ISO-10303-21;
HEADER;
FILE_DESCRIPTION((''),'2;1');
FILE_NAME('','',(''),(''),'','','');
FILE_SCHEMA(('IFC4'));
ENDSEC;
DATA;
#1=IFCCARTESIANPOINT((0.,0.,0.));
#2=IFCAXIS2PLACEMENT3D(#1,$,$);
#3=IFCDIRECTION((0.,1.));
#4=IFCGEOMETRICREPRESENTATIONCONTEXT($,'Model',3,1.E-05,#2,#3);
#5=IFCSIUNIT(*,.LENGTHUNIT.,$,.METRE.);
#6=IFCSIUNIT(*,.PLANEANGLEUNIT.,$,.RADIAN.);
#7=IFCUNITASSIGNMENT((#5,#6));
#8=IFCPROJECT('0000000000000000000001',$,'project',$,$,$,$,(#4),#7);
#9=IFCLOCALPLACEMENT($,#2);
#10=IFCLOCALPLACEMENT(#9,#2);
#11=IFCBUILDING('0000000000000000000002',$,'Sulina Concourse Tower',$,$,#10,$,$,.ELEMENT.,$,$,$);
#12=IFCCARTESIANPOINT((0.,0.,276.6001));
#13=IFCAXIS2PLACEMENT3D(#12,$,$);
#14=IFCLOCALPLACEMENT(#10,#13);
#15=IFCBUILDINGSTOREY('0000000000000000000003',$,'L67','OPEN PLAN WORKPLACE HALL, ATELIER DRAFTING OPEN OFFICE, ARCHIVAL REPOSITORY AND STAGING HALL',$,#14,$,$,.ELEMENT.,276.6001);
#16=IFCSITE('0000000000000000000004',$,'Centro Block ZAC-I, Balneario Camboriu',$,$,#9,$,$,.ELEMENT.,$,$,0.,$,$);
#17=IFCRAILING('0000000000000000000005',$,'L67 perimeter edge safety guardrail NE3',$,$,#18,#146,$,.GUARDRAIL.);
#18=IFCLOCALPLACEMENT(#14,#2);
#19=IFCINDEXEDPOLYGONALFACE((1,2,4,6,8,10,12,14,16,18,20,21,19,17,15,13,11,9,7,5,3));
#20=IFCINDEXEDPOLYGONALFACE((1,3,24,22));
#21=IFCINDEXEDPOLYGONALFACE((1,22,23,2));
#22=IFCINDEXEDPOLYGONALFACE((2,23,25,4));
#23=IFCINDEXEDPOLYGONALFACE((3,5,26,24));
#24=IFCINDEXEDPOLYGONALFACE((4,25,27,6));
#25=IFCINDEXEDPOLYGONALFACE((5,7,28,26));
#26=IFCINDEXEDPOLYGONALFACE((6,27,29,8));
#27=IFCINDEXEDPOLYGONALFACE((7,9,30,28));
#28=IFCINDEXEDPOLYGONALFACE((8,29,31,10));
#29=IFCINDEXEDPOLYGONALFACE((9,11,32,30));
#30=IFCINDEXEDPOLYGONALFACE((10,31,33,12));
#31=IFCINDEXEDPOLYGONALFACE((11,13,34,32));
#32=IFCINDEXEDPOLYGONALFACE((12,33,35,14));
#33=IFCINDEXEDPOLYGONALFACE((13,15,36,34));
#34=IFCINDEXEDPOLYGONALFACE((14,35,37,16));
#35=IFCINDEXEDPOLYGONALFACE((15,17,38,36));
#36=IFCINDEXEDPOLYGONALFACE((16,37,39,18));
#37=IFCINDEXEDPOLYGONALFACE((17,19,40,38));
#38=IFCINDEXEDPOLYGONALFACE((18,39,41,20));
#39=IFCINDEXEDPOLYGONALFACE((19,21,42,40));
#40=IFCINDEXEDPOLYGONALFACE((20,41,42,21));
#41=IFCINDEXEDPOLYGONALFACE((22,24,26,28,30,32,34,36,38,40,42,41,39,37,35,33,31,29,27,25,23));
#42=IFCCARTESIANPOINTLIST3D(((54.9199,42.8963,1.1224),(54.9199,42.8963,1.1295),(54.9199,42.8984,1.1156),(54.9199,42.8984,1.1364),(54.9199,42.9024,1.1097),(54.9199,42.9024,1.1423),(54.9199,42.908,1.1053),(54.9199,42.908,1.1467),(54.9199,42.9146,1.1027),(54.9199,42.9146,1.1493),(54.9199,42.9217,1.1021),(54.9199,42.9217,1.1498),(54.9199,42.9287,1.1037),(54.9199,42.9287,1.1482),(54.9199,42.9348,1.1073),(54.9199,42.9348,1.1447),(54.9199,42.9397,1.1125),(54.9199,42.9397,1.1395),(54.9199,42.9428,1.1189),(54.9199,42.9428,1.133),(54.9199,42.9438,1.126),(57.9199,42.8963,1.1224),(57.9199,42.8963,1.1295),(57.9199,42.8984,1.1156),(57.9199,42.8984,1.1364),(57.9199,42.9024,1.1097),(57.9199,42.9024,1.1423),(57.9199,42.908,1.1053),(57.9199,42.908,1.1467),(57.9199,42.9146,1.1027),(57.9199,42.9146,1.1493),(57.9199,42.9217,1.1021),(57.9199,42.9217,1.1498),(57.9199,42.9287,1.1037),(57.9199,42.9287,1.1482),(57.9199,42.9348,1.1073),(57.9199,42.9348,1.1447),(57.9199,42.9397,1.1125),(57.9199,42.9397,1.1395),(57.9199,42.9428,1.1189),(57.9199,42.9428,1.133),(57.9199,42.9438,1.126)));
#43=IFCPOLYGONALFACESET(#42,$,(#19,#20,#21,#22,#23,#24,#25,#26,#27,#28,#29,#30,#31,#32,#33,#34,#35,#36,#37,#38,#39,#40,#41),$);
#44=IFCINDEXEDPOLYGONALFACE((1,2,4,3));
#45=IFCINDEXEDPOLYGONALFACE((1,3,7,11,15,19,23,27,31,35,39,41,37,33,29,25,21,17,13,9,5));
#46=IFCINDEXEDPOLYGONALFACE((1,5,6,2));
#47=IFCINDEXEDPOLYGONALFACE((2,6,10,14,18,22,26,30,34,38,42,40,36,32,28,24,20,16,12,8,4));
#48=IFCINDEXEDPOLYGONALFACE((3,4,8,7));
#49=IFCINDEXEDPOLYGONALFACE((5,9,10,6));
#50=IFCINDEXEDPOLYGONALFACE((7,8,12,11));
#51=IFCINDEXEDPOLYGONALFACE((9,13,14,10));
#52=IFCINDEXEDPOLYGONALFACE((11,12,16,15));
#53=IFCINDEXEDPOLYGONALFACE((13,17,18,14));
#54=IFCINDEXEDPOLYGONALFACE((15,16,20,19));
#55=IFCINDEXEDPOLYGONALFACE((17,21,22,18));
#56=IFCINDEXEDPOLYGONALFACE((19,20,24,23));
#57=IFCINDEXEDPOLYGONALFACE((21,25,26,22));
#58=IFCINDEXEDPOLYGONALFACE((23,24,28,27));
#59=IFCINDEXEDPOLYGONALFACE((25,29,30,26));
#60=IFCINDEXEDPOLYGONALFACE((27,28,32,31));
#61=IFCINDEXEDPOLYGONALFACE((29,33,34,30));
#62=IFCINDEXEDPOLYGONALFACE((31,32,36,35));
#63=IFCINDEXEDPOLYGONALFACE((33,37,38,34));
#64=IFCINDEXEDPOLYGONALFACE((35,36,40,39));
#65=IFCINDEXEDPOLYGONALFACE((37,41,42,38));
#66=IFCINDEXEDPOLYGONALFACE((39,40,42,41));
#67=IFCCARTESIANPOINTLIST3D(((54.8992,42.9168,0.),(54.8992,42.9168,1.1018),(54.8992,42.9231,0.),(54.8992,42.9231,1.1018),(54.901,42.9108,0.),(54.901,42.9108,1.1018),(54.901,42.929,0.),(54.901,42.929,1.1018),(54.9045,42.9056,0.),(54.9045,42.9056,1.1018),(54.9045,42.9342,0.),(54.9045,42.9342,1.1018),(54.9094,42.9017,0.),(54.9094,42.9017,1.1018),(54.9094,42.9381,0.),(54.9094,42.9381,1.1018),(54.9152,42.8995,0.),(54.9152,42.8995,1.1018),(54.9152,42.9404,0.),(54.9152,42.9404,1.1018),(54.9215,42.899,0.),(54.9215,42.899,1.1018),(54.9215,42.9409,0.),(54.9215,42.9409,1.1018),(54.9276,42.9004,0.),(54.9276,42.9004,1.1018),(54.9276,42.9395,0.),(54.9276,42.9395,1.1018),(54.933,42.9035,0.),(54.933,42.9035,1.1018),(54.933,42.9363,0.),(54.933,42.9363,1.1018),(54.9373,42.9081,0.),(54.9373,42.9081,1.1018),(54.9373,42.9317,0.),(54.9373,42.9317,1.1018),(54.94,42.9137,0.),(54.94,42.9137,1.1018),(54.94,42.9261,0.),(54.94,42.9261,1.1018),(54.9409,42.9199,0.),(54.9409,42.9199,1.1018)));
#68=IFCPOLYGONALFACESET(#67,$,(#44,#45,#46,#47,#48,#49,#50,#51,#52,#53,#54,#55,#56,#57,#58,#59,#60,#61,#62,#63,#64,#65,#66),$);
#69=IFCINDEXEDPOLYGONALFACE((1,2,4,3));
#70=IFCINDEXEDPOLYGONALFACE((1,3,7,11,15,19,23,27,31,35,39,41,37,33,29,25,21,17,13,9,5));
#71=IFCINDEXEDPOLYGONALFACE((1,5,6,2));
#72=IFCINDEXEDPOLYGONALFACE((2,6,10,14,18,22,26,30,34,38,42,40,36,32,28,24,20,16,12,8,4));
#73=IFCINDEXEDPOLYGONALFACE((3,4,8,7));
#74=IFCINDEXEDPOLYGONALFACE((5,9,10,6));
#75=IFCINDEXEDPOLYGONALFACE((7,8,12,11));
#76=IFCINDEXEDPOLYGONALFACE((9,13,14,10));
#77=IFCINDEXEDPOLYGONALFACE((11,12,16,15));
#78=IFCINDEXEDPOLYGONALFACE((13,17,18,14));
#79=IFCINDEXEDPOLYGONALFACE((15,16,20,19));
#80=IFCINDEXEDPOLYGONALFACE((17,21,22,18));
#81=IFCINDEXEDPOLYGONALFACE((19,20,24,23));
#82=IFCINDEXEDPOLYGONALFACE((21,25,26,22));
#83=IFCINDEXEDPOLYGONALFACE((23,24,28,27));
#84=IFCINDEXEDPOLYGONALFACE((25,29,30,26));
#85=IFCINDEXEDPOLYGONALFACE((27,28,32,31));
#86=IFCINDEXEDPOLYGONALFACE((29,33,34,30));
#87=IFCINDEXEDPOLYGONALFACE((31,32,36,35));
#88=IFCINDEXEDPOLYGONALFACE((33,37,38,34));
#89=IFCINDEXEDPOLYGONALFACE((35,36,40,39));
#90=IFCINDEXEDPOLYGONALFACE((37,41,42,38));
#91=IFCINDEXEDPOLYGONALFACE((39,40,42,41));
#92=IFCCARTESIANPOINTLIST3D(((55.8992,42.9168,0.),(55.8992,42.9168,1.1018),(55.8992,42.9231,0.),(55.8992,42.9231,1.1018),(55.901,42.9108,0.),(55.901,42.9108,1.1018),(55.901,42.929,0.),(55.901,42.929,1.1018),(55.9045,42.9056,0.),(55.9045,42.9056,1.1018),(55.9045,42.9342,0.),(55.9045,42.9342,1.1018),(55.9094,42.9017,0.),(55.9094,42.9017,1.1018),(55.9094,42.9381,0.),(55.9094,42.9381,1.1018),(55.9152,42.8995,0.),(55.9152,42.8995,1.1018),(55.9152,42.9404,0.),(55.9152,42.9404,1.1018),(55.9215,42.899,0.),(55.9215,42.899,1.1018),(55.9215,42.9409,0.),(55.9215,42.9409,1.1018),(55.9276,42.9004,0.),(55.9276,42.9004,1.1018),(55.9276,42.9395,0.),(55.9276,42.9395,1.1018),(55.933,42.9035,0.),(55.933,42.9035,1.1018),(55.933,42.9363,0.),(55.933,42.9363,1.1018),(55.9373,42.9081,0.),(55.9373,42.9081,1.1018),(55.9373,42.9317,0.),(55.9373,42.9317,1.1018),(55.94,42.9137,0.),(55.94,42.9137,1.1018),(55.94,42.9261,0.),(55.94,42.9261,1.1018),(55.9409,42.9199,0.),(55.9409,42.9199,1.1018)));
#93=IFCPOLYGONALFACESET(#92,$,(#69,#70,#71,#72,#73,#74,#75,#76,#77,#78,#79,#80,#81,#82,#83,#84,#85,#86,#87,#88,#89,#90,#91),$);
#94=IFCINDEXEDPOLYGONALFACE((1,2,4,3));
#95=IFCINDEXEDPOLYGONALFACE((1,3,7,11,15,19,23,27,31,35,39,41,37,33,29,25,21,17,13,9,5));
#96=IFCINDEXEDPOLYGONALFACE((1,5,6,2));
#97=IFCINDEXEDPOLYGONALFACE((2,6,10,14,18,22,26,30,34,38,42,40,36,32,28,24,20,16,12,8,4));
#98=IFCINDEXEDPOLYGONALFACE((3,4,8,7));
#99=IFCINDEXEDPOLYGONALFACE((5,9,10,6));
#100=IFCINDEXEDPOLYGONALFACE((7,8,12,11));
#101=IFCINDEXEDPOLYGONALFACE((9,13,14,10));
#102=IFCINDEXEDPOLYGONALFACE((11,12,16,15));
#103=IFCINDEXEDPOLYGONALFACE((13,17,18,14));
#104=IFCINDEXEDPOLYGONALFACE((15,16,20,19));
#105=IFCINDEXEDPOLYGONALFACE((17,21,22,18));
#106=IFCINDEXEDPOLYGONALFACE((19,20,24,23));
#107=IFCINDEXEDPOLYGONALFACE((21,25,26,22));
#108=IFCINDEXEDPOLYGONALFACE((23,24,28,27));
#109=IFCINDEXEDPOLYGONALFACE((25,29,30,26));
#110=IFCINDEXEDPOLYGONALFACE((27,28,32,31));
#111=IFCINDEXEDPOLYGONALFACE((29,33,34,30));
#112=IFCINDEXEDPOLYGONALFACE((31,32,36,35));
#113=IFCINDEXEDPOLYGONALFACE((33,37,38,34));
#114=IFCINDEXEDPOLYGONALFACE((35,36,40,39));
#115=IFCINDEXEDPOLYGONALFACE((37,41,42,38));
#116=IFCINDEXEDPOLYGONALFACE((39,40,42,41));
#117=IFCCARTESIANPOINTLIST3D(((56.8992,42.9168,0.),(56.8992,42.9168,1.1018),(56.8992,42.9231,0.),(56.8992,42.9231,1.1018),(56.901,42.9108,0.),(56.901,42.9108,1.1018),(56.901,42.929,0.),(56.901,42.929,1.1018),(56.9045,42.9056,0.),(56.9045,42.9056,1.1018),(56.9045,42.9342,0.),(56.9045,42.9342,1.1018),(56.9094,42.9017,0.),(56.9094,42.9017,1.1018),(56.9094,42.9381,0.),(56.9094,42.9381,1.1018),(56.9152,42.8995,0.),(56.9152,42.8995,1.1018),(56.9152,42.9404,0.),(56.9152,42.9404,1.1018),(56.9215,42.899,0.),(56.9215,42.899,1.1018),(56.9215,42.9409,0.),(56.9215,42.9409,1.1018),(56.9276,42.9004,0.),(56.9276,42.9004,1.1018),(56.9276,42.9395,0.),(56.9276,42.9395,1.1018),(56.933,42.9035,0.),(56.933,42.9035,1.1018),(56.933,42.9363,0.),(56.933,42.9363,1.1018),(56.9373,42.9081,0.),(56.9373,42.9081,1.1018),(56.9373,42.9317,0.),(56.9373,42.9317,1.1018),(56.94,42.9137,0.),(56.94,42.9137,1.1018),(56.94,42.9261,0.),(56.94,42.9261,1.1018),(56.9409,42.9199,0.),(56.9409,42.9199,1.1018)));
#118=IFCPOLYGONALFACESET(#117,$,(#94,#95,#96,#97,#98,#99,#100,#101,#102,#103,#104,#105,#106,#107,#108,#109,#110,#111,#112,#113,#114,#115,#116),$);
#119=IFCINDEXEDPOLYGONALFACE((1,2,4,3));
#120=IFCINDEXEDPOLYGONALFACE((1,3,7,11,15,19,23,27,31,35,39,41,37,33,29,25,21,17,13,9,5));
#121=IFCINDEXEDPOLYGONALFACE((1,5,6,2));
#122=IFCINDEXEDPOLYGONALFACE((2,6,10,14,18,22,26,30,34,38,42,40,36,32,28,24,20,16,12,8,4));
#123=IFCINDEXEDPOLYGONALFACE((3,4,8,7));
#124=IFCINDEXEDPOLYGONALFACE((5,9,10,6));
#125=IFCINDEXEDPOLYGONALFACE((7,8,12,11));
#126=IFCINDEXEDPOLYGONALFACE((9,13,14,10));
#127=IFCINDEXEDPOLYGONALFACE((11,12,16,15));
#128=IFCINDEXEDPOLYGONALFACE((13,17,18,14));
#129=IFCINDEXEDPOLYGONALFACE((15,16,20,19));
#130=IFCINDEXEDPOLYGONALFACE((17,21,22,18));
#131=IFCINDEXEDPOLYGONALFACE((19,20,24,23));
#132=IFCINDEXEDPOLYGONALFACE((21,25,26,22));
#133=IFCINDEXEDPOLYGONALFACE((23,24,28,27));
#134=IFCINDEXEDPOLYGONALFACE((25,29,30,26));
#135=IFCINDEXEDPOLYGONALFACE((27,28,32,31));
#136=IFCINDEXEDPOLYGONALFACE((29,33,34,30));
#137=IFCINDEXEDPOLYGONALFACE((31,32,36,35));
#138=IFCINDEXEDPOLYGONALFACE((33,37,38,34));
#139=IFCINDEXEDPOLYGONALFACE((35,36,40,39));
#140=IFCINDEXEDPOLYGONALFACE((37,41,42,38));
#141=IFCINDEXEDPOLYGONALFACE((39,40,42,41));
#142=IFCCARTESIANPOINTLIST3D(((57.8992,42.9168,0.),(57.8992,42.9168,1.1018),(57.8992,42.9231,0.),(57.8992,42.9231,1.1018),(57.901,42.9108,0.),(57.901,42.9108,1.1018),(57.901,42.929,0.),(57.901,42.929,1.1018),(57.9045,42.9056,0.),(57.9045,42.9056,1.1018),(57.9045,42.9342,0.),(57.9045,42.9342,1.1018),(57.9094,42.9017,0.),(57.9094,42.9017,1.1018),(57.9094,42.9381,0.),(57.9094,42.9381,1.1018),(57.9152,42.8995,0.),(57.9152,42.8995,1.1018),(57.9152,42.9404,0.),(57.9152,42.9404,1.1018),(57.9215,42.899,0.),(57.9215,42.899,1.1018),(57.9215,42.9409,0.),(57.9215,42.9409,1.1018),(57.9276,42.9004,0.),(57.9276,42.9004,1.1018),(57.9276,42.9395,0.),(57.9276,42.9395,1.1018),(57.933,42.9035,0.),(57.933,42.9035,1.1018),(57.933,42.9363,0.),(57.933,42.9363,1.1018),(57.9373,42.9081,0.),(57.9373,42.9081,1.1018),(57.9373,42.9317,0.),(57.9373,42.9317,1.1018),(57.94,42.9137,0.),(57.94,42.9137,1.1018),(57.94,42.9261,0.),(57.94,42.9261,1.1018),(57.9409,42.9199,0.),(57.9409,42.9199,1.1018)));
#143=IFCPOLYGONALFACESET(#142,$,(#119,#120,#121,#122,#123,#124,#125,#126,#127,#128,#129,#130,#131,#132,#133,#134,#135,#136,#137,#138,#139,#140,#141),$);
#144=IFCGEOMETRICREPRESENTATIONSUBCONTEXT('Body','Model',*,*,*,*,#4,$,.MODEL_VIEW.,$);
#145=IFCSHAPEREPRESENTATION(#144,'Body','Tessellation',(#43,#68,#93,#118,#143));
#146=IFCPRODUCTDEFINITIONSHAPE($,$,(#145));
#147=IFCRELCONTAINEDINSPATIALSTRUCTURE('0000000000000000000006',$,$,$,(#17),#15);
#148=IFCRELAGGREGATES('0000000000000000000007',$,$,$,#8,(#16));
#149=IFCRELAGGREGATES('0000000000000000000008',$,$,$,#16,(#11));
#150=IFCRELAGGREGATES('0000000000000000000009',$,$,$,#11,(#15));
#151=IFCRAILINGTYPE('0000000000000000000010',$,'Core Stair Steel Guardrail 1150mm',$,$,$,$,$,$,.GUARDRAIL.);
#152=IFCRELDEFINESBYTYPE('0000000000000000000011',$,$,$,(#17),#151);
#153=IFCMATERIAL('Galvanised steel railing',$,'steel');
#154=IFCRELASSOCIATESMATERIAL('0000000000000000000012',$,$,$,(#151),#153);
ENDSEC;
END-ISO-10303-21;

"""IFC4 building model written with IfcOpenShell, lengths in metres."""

from ifc_helpers import new_model, si_unit, direction, frame, origin, origin_2d, place, context, subcontext, project, spatial, circle, extrude, material, type_object, element, save


model = new_model("IFC4")

# Units and contexts
model_context = context("Model", 3, precision=1e-05, world=origin(), true_north=direction((0.0, 1.0)))
body_context = subcontext(model_context, "Body", "Model", "MODEL_VIEW")
ifc_project = project(units=[si_unit("LENGTHUNIT", "METRE"), si_unit("PLANEANGLEUNIT", "RADIAN")], contexts=[model_context])

# Site, building, storey
site_placement = place(None, origin())
site = spatial("IfcSite", under=ifc_project, at=site_placement, Name="Centro Block ZAC-I, Balneario Camboriu", CompositionType="ELEMENT", RefElevation=0.0)
building_placement = place(site_placement, origin())
building = spatial("IfcBuilding", under=site, at=building_placement, Name="Sulina Concourse Tower", CompositionType="ELEMENT")
storey_placement = place(building_placement, frame((0.0, 0.0, 276.6001)))
storey = spatial("IfcBuildingStorey", under=building, at=storey_placement, Name="L67", Description="OPEN PLAN WORKPLACE HALL, ATELIER DRAFTING OPEN OFFICE, ARCHIVAL REPOSITORY AND STAGING HALL", CompositionType="ELEMENT", Elevation=276.6001)

# Railing
ifc_material_1 = material(Name="Galvanised steel railing", Category="steel")
railing_type_1 = type_object("IfcRailingType", Name="Core Stair Steel Guardrail 1150mm", PredefinedType="GUARDRAIL", material=ifc_material_1)
railing_1_placement = place(storey_placement, frame((54.9199, 42.9199, 0.0)))
element("IfcRailing", 1, at=railing_1_placement, inside=storey, type_object=railing_type_1, Name="L67 perimeter edge safety guardrail NE3", PredefinedType="GUARDRAIL", context=body_context, shape_type="SweptSolid", body=[
    extrude(circle(Radius=0.0239, at=origin_2d()), frame((0.0, 0.0, 1.126), z_axis=(1.0, 0.0, 0.0), x_axis=(0.0, 1.0, 0.0)), (0.0, 0.0, 1.0), 3.0),
    extrude(circle(Radius=0.021, at=origin_2d()), origin(), (0.0, 0.0, 1.0), 1.1018),
    extrude(circle(Radius=0.021, at=origin_2d()), frame((1.0, 0.0, 0.0)), (0.0, 0.0, 1.0), 1.1018),
    extrude(circle(Radius=0.021, at=origin_2d()), frame((2.0, 0.0, 0.0)), (0.0, 0.0, 1.0), 1.1018),
    extrude(circle(Radius=0.021, at=origin_2d()), frame((3.0, 0.0, 0.0)), (0.0, 0.0, 1.0), 1.1018),
])

save(model, "model.ifc")
